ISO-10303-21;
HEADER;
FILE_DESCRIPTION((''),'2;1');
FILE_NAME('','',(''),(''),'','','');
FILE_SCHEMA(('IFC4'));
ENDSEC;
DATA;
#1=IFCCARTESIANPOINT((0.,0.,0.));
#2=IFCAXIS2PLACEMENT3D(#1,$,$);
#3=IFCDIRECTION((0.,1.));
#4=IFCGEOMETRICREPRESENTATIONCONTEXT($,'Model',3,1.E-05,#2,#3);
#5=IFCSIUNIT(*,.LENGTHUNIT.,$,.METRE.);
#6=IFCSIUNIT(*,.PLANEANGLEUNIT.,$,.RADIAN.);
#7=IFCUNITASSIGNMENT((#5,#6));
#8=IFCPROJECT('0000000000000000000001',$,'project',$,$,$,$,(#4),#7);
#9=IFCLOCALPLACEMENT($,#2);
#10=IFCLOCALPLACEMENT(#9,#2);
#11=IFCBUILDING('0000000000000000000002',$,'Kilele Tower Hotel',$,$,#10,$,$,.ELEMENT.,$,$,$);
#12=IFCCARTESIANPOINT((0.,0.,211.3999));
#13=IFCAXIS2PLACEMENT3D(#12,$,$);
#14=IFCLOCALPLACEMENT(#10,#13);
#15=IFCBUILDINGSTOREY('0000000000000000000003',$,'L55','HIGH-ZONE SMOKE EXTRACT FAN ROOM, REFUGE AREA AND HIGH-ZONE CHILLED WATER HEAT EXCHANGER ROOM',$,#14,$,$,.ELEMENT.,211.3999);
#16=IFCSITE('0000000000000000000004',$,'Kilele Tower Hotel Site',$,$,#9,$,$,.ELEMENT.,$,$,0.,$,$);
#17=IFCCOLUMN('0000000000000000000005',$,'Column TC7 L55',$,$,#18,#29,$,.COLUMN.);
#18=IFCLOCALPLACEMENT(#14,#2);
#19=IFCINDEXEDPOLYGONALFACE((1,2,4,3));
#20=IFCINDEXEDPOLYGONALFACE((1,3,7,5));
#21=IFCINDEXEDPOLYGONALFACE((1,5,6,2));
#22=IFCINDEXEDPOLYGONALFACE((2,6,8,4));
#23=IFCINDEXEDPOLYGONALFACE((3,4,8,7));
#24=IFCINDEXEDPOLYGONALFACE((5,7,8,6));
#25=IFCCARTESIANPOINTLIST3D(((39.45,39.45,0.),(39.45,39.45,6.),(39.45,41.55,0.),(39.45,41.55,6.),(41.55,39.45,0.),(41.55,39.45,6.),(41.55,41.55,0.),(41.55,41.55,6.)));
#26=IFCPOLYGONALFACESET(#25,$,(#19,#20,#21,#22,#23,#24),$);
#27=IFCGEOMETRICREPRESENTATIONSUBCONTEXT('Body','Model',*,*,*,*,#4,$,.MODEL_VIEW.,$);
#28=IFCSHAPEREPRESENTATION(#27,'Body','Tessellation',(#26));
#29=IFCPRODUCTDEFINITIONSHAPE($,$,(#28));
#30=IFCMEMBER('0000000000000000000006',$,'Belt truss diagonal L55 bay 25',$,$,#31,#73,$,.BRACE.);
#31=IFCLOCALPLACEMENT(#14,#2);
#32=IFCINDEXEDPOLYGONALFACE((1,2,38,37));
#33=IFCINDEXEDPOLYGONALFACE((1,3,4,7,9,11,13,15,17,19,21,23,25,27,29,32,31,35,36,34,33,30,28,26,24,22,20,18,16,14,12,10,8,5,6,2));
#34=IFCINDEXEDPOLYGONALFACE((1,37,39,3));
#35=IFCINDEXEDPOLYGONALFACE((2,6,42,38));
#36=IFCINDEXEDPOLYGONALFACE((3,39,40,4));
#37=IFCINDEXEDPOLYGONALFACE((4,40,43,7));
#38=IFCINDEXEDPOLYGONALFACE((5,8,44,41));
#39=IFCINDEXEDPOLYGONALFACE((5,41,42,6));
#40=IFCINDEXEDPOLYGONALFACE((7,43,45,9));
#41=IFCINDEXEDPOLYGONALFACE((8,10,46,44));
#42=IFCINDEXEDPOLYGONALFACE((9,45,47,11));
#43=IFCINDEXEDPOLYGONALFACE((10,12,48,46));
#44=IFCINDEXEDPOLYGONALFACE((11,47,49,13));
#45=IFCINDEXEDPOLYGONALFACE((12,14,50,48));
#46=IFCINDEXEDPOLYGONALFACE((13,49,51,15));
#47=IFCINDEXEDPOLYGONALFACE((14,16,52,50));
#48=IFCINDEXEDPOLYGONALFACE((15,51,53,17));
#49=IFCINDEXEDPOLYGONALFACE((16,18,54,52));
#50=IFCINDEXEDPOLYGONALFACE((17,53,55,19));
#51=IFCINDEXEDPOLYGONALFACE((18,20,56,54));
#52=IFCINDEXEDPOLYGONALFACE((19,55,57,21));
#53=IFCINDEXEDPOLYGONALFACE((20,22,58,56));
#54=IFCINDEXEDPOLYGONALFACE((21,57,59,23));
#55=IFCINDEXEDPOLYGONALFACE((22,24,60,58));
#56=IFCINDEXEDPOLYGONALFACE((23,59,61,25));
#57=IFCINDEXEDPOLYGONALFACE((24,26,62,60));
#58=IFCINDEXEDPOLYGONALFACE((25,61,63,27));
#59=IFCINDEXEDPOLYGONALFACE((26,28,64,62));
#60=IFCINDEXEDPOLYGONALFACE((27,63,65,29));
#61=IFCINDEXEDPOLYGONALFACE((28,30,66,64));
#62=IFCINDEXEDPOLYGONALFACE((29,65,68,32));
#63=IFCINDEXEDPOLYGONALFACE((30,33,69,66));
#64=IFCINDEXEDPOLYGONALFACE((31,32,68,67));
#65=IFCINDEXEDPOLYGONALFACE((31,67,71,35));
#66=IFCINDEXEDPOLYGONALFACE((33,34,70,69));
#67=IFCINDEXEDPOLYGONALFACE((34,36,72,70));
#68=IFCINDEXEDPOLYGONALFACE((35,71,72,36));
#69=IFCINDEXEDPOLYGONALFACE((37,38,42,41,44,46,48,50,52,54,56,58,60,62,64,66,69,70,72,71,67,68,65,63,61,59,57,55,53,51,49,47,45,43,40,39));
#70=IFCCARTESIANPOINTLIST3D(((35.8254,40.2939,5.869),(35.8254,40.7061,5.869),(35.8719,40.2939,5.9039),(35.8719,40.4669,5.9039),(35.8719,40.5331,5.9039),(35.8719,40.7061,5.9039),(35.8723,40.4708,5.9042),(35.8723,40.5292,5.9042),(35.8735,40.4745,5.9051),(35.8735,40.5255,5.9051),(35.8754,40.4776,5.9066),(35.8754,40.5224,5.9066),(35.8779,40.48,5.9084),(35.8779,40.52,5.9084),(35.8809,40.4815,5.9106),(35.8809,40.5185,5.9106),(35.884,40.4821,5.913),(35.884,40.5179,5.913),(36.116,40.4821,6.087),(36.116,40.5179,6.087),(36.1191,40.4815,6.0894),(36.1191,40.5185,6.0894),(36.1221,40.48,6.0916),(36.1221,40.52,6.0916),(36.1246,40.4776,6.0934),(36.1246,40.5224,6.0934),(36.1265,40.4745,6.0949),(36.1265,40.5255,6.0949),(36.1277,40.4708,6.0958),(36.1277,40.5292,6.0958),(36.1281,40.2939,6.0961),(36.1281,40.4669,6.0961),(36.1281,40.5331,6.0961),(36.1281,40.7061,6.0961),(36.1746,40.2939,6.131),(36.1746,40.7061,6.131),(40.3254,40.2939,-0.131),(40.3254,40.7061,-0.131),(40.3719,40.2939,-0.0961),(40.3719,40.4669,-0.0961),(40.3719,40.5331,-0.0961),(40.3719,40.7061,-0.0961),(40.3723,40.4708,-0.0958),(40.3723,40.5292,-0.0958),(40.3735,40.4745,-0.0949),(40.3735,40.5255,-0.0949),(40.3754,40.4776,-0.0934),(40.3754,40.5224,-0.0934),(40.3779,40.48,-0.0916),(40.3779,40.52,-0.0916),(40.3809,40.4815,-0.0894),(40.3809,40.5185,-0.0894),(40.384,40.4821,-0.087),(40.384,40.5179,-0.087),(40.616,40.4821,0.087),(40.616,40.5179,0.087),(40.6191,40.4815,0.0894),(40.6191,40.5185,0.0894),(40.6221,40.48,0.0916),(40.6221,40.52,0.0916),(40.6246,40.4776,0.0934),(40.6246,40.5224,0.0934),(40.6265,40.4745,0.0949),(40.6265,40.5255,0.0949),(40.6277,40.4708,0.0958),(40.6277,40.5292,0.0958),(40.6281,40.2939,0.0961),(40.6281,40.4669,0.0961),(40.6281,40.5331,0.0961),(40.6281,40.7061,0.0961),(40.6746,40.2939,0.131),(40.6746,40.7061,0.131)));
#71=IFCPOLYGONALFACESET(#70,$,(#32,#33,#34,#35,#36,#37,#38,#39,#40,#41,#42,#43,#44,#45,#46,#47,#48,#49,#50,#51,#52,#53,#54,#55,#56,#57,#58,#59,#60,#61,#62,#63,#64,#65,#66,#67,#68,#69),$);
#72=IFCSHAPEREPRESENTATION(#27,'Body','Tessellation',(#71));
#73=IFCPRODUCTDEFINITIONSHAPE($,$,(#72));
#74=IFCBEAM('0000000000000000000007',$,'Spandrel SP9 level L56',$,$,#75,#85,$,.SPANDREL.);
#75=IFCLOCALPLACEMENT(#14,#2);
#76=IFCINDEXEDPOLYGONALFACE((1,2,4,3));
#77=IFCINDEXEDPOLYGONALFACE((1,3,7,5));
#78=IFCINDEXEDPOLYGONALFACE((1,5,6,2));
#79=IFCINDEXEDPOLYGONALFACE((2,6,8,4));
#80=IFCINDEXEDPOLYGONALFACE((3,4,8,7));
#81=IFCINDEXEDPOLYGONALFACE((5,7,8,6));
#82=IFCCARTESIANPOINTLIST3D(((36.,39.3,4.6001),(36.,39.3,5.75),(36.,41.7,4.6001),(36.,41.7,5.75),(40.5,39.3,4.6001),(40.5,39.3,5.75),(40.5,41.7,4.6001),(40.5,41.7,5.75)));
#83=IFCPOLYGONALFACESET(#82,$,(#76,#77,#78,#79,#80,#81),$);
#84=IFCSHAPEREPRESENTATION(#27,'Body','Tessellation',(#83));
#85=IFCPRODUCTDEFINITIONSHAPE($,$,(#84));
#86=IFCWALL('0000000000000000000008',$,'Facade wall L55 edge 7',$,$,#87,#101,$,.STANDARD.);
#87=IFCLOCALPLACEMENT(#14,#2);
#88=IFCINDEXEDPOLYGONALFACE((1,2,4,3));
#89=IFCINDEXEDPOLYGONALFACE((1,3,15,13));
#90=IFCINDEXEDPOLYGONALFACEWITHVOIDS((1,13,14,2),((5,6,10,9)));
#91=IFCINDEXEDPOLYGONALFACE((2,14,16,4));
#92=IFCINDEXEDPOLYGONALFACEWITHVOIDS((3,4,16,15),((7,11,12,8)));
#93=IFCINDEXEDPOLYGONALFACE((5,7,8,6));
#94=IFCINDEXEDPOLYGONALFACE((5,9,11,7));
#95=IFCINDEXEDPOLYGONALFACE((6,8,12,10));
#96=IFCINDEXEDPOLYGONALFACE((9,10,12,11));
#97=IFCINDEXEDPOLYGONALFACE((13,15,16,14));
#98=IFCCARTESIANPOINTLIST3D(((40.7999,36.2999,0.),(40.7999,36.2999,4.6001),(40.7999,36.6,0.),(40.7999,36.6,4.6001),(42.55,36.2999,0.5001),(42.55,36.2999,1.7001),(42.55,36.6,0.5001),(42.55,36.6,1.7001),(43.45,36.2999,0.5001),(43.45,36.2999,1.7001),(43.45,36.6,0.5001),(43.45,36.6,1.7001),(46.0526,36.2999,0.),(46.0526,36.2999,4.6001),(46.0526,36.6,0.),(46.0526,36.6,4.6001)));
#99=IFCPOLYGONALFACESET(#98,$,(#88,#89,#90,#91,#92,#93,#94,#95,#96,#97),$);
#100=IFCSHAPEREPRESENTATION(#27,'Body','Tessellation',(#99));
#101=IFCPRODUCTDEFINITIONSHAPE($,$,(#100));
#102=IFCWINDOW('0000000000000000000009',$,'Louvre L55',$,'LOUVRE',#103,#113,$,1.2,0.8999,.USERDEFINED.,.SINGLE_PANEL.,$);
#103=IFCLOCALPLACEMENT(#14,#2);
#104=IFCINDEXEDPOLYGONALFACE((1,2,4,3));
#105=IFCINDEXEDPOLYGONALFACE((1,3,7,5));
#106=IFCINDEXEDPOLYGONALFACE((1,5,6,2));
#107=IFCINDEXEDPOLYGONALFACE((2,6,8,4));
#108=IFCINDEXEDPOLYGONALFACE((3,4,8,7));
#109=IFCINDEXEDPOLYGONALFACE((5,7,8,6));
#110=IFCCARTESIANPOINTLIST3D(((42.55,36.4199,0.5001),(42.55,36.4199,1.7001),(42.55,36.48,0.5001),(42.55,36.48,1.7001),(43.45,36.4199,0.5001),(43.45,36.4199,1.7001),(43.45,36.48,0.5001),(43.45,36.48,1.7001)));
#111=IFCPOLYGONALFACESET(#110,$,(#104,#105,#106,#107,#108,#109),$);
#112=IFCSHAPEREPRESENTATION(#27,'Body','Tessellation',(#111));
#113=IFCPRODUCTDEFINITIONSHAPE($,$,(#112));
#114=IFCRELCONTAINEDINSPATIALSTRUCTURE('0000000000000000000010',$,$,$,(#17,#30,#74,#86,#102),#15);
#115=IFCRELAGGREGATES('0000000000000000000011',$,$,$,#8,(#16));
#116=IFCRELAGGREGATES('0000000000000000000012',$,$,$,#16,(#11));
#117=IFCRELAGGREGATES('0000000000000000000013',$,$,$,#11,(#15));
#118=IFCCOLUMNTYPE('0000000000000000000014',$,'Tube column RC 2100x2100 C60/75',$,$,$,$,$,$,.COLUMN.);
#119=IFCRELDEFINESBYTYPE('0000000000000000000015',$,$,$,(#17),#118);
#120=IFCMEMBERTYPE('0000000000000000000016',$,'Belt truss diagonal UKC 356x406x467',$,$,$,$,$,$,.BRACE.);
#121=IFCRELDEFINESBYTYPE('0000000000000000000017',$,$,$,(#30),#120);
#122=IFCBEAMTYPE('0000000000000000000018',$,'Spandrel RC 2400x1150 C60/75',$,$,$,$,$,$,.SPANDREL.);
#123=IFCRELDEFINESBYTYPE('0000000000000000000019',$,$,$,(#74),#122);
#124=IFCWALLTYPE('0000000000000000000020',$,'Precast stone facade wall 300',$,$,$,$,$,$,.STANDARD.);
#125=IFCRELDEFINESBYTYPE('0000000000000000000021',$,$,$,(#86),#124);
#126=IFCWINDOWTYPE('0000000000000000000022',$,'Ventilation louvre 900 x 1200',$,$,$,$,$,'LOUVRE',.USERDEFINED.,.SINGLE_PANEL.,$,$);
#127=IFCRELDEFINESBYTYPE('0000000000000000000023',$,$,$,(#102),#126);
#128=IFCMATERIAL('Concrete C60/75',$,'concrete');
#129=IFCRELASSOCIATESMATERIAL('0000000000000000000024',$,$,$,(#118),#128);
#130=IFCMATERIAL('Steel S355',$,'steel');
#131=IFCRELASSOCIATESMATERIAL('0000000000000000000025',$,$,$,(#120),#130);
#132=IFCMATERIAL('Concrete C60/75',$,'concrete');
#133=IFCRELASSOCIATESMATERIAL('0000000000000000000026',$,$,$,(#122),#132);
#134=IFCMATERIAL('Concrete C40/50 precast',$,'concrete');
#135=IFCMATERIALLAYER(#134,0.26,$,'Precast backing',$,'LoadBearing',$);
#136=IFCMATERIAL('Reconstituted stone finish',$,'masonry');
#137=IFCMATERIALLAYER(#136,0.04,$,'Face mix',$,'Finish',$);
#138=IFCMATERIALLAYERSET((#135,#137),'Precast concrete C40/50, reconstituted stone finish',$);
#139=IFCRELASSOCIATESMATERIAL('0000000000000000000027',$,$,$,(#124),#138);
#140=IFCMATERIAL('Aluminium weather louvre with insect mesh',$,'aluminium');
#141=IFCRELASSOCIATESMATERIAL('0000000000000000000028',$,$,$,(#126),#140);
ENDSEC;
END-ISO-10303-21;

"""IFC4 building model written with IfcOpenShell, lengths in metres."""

from ifc_helpers import new_model, si_unit, direction, frame, frame_2d, origin, origin_2d, place, context, subcontext, project, spatial, rectangle, i_section, extrude, material, layer, layer_set, material_profile, profile_set, type_object, element, fill, save


model = new_model("IFC4")

# Units and contexts
model_context = context("Model", 3, precision=1e-05, world=origin(), true_north=direction((0.0, 1.0)))
body_context = subcontext(model_context, "Body", "Model", "MODEL_VIEW")
ifc_project = project(units=[si_unit("LENGTHUNIT", "METRE"), si_unit("PLANEANGLEUNIT", "RADIAN")], contexts=[model_context])

# Site, building, storey
site_placement = place(None, origin())
site = spatial("IfcSite", under=ifc_project, at=site_placement, Name="Kilele Tower Hotel Site", CompositionType="ELEMENT", RefElevation=0.0)
building_placement = place(site_placement, origin())
building = spatial("IfcBuilding", under=site, at=building_placement, Name="Kilele Tower Hotel", CompositionType="ELEMENT")
storey_placement = place(building_placement, frame((0.0, 0.0, 211.3999)))
storey = spatial("IfcBuildingStorey", under=building, at=storey_placement, Name="L55", Description="HIGH-ZONE SMOKE EXTRACT FAN ROOM, REFUGE AREA AND HIGH-ZONE CHILLED WATER HEAT EXCHANGER ROOM", CompositionType="ELEMENT", Elevation=211.3999)

# Column
ifc_material_1 = material(Name="Concrete C60/75", Category="concrete")
ifc_material_profile_1 = material_profile(ifc_material_1, rectangle(XDim=2.1001, YDim=2.1001, at=origin_2d()))
ifc_profile_set_1 = profile_set([ifc_material_profile_1], Name="Concrete C60/75")
column_type = type_object("IfcColumnType", Name="Tube column RC 2100x2100 C60/75", PredefinedType="COLUMN", material=ifc_profile_set_1)
column_placement = place(storey_placement, frame((40.5, 40.5, 0.0), z_axis=(0.0, 0.0, 1.0), x_axis=(1.0, 0.0, 0.0)))
element("IfcColumn", 1, at=column_placement, inside=storey, type_object=column_type, Name="Column TC7 L55", PredefinedType="COLUMN", context=body_context, shape_type="SweptSolid", body=[
    extrude(rectangle(XDim=2.1001, YDim=2.1001, at=origin_2d()), origin(), (0.0, 0.0, 1.0), 6.0),
])

# Member
ifc_material_2 = material(Name="Steel S355", Category="steel")
ifc_material_profile_2 = material_profile(ifc_material_2, i_section(OverallWidth=0.4121, OverallDepth=0.4365, WebThickness=0.0359, FlangeThickness=0.0581, FilletRadius=0.0151, at=origin_2d()))
ifc_profile_set_2 = profile_set([ifc_material_profile_2], Name="Steel S355")
member_type = type_object("IfcMemberType", Name="Belt truss diagonal UKC 356x406x467", PredefinedType="BRACE", material=ifc_profile_set_2)
member_placement = place(storey_placement, frame((40.5, 40.5, 0.0), z_axis=(-0.6, 0.0, 0.8), x_axis=(0.0, -1.0, 0.0)))
element("IfcMember", 2, at=member_placement, inside=storey, type_object=member_type, Name="Belt truss diagonal L55 bay 25", PredefinedType="BRACE", context=body_context, shape_type="SweptSolid", body=[
    extrude(i_section(OverallWidth=0.4121, OverallDepth=0.4365, WebThickness=0.0359, FlangeThickness=0.0581, FilletRadius=0.0151, at=origin_2d()), origin(), (0.0, 0.0, 1.0), 7.5),
])

# Beam
ifc_material_3 = material(Name="Concrete C60/75", Category="concrete")
ifc_material_profile_3 = material_profile(ifc_material_3, rectangle(XDim=2.3999, YDim=1.1499, at=origin_2d()))
ifc_profile_set_3 = profile_set([ifc_material_profile_3], Name="Concrete C60/75")
beam_type = type_object("IfcBeamType", Name="Spandrel RC 2400x1150 C60/75", PredefinedType="SPANDREL", material=ifc_profile_set_3)
beam_placement = place(storey_placement, frame((40.5, 40.5, 5.175), z_axis=(-1.0, 0.0, 0.0), x_axis=(0.0, -1.0, 0.0)))
element("IfcBeam", 3, at=beam_placement, inside=storey, type_object=beam_type, Name="Spandrel SP9 level L56", PredefinedType="SPANDREL", context=body_context, shape_type="SweptSolid", body=[
    extrude(rectangle(XDim=2.3999, YDim=1.1499, at=origin_2d()), origin(), (0.0, 0.0, 1.0), 4.5),
])

# Wall, opening, window
ifc_material_4 = material(Name="Concrete C40/50 precast", Category="concrete")
ifc_layer_1 = layer(ifc_material_4, 0.26, Name="Precast backing", Category="LoadBearing")
ifc_material_5 = material(Name="Reconstituted stone finish", Category="masonry")
ifc_layer_2 = layer(ifc_material_5, 0.04, Name="Face mix", Category="Finish")
ifc_layer_set_1 = layer_set([ifc_layer_1, ifc_layer_2], Name="Precast concrete C40/50, reconstituted stone finish")
wall_type = type_object("IfcWallType", Name="Precast stone facade wall 300", PredefinedType="STANDARD", material=ifc_layer_set_1)
wall_1_placement = place(storey_placement, frame((46.0527, 36.45, 0.0), z_axis=(0.0, 0.0, 1.0), x_axis=(-1.0, 0.0, 0.0)))
wall_1 = element("IfcWall", 4, at=wall_1_placement, inside=storey, type_object=wall_type, Name="Facade wall L55 edge 7", PredefinedType="STANDARD", context=body_context, shape_type="SweptSolid", body=[
    extrude(rectangle(XDim=5.2527, YDim=0.3, at=frame_2d((2.6265, 0.0))), origin(), (0.0, 0.0, 1.0), 4.6001),
])
opening_1_placement = place(wall_1_placement, frame((2.6028, 0.0, 0.5)))
opening_1 = element("IfcOpeningElement", 5, at=opening_1_placement, cuts=wall_1, PredefinedType="OPENING", context=body_context, shape_type="SweptSolid", body=[
    extrude(rectangle(XDim=0.8999, YDim=1.2, at=frame_2d((0.45, 0.6001))), frame((0.0, 0.1599, 0.0), z_axis=(0.0, -1.0, 0.0), x_axis=(1.0, 0.0, 0.0)), (0.0, 0.0, 1.0), 0.3201),
])
ifc_material_6 = material(Name="Aluminium weather louvre with insect mesh", Category="aluminium")
window_type = type_object("IfcWindowType", Name="Ventilation louvre 900 x 1200", ElementType="LOUVRE", PartitioningType="SINGLE_PANEL", PredefinedType="USERDEFINED", material=ifc_material_6)
window_1_placement = place(opening_1_placement, origin())
window_1 = element("IfcWindow", 6, at=window_1_placement, inside=storey, type_object=window_type, Name="Louvre L55", ObjectType="LOUVRE", OverallHeight=1.2, OverallWidth=0.8999, PartitioningType="SINGLE_PANEL", PredefinedType="USERDEFINED", context=body_context, shape_type="SweptSolid", body=[
    extrude(rectangle(XDim=0.8999, YDim=1.2, at=frame_2d((0.45, 0.6001))), frame((0.0, 0.03, 0.0), z_axis=(0.0, -1.0, 0.0), x_axis=(1.0, 0.0, 0.0)), (0.0, 0.0, 1.0), 0.0601),
])
fill(opening_1, window_1)

save(model, "model.ifc")
